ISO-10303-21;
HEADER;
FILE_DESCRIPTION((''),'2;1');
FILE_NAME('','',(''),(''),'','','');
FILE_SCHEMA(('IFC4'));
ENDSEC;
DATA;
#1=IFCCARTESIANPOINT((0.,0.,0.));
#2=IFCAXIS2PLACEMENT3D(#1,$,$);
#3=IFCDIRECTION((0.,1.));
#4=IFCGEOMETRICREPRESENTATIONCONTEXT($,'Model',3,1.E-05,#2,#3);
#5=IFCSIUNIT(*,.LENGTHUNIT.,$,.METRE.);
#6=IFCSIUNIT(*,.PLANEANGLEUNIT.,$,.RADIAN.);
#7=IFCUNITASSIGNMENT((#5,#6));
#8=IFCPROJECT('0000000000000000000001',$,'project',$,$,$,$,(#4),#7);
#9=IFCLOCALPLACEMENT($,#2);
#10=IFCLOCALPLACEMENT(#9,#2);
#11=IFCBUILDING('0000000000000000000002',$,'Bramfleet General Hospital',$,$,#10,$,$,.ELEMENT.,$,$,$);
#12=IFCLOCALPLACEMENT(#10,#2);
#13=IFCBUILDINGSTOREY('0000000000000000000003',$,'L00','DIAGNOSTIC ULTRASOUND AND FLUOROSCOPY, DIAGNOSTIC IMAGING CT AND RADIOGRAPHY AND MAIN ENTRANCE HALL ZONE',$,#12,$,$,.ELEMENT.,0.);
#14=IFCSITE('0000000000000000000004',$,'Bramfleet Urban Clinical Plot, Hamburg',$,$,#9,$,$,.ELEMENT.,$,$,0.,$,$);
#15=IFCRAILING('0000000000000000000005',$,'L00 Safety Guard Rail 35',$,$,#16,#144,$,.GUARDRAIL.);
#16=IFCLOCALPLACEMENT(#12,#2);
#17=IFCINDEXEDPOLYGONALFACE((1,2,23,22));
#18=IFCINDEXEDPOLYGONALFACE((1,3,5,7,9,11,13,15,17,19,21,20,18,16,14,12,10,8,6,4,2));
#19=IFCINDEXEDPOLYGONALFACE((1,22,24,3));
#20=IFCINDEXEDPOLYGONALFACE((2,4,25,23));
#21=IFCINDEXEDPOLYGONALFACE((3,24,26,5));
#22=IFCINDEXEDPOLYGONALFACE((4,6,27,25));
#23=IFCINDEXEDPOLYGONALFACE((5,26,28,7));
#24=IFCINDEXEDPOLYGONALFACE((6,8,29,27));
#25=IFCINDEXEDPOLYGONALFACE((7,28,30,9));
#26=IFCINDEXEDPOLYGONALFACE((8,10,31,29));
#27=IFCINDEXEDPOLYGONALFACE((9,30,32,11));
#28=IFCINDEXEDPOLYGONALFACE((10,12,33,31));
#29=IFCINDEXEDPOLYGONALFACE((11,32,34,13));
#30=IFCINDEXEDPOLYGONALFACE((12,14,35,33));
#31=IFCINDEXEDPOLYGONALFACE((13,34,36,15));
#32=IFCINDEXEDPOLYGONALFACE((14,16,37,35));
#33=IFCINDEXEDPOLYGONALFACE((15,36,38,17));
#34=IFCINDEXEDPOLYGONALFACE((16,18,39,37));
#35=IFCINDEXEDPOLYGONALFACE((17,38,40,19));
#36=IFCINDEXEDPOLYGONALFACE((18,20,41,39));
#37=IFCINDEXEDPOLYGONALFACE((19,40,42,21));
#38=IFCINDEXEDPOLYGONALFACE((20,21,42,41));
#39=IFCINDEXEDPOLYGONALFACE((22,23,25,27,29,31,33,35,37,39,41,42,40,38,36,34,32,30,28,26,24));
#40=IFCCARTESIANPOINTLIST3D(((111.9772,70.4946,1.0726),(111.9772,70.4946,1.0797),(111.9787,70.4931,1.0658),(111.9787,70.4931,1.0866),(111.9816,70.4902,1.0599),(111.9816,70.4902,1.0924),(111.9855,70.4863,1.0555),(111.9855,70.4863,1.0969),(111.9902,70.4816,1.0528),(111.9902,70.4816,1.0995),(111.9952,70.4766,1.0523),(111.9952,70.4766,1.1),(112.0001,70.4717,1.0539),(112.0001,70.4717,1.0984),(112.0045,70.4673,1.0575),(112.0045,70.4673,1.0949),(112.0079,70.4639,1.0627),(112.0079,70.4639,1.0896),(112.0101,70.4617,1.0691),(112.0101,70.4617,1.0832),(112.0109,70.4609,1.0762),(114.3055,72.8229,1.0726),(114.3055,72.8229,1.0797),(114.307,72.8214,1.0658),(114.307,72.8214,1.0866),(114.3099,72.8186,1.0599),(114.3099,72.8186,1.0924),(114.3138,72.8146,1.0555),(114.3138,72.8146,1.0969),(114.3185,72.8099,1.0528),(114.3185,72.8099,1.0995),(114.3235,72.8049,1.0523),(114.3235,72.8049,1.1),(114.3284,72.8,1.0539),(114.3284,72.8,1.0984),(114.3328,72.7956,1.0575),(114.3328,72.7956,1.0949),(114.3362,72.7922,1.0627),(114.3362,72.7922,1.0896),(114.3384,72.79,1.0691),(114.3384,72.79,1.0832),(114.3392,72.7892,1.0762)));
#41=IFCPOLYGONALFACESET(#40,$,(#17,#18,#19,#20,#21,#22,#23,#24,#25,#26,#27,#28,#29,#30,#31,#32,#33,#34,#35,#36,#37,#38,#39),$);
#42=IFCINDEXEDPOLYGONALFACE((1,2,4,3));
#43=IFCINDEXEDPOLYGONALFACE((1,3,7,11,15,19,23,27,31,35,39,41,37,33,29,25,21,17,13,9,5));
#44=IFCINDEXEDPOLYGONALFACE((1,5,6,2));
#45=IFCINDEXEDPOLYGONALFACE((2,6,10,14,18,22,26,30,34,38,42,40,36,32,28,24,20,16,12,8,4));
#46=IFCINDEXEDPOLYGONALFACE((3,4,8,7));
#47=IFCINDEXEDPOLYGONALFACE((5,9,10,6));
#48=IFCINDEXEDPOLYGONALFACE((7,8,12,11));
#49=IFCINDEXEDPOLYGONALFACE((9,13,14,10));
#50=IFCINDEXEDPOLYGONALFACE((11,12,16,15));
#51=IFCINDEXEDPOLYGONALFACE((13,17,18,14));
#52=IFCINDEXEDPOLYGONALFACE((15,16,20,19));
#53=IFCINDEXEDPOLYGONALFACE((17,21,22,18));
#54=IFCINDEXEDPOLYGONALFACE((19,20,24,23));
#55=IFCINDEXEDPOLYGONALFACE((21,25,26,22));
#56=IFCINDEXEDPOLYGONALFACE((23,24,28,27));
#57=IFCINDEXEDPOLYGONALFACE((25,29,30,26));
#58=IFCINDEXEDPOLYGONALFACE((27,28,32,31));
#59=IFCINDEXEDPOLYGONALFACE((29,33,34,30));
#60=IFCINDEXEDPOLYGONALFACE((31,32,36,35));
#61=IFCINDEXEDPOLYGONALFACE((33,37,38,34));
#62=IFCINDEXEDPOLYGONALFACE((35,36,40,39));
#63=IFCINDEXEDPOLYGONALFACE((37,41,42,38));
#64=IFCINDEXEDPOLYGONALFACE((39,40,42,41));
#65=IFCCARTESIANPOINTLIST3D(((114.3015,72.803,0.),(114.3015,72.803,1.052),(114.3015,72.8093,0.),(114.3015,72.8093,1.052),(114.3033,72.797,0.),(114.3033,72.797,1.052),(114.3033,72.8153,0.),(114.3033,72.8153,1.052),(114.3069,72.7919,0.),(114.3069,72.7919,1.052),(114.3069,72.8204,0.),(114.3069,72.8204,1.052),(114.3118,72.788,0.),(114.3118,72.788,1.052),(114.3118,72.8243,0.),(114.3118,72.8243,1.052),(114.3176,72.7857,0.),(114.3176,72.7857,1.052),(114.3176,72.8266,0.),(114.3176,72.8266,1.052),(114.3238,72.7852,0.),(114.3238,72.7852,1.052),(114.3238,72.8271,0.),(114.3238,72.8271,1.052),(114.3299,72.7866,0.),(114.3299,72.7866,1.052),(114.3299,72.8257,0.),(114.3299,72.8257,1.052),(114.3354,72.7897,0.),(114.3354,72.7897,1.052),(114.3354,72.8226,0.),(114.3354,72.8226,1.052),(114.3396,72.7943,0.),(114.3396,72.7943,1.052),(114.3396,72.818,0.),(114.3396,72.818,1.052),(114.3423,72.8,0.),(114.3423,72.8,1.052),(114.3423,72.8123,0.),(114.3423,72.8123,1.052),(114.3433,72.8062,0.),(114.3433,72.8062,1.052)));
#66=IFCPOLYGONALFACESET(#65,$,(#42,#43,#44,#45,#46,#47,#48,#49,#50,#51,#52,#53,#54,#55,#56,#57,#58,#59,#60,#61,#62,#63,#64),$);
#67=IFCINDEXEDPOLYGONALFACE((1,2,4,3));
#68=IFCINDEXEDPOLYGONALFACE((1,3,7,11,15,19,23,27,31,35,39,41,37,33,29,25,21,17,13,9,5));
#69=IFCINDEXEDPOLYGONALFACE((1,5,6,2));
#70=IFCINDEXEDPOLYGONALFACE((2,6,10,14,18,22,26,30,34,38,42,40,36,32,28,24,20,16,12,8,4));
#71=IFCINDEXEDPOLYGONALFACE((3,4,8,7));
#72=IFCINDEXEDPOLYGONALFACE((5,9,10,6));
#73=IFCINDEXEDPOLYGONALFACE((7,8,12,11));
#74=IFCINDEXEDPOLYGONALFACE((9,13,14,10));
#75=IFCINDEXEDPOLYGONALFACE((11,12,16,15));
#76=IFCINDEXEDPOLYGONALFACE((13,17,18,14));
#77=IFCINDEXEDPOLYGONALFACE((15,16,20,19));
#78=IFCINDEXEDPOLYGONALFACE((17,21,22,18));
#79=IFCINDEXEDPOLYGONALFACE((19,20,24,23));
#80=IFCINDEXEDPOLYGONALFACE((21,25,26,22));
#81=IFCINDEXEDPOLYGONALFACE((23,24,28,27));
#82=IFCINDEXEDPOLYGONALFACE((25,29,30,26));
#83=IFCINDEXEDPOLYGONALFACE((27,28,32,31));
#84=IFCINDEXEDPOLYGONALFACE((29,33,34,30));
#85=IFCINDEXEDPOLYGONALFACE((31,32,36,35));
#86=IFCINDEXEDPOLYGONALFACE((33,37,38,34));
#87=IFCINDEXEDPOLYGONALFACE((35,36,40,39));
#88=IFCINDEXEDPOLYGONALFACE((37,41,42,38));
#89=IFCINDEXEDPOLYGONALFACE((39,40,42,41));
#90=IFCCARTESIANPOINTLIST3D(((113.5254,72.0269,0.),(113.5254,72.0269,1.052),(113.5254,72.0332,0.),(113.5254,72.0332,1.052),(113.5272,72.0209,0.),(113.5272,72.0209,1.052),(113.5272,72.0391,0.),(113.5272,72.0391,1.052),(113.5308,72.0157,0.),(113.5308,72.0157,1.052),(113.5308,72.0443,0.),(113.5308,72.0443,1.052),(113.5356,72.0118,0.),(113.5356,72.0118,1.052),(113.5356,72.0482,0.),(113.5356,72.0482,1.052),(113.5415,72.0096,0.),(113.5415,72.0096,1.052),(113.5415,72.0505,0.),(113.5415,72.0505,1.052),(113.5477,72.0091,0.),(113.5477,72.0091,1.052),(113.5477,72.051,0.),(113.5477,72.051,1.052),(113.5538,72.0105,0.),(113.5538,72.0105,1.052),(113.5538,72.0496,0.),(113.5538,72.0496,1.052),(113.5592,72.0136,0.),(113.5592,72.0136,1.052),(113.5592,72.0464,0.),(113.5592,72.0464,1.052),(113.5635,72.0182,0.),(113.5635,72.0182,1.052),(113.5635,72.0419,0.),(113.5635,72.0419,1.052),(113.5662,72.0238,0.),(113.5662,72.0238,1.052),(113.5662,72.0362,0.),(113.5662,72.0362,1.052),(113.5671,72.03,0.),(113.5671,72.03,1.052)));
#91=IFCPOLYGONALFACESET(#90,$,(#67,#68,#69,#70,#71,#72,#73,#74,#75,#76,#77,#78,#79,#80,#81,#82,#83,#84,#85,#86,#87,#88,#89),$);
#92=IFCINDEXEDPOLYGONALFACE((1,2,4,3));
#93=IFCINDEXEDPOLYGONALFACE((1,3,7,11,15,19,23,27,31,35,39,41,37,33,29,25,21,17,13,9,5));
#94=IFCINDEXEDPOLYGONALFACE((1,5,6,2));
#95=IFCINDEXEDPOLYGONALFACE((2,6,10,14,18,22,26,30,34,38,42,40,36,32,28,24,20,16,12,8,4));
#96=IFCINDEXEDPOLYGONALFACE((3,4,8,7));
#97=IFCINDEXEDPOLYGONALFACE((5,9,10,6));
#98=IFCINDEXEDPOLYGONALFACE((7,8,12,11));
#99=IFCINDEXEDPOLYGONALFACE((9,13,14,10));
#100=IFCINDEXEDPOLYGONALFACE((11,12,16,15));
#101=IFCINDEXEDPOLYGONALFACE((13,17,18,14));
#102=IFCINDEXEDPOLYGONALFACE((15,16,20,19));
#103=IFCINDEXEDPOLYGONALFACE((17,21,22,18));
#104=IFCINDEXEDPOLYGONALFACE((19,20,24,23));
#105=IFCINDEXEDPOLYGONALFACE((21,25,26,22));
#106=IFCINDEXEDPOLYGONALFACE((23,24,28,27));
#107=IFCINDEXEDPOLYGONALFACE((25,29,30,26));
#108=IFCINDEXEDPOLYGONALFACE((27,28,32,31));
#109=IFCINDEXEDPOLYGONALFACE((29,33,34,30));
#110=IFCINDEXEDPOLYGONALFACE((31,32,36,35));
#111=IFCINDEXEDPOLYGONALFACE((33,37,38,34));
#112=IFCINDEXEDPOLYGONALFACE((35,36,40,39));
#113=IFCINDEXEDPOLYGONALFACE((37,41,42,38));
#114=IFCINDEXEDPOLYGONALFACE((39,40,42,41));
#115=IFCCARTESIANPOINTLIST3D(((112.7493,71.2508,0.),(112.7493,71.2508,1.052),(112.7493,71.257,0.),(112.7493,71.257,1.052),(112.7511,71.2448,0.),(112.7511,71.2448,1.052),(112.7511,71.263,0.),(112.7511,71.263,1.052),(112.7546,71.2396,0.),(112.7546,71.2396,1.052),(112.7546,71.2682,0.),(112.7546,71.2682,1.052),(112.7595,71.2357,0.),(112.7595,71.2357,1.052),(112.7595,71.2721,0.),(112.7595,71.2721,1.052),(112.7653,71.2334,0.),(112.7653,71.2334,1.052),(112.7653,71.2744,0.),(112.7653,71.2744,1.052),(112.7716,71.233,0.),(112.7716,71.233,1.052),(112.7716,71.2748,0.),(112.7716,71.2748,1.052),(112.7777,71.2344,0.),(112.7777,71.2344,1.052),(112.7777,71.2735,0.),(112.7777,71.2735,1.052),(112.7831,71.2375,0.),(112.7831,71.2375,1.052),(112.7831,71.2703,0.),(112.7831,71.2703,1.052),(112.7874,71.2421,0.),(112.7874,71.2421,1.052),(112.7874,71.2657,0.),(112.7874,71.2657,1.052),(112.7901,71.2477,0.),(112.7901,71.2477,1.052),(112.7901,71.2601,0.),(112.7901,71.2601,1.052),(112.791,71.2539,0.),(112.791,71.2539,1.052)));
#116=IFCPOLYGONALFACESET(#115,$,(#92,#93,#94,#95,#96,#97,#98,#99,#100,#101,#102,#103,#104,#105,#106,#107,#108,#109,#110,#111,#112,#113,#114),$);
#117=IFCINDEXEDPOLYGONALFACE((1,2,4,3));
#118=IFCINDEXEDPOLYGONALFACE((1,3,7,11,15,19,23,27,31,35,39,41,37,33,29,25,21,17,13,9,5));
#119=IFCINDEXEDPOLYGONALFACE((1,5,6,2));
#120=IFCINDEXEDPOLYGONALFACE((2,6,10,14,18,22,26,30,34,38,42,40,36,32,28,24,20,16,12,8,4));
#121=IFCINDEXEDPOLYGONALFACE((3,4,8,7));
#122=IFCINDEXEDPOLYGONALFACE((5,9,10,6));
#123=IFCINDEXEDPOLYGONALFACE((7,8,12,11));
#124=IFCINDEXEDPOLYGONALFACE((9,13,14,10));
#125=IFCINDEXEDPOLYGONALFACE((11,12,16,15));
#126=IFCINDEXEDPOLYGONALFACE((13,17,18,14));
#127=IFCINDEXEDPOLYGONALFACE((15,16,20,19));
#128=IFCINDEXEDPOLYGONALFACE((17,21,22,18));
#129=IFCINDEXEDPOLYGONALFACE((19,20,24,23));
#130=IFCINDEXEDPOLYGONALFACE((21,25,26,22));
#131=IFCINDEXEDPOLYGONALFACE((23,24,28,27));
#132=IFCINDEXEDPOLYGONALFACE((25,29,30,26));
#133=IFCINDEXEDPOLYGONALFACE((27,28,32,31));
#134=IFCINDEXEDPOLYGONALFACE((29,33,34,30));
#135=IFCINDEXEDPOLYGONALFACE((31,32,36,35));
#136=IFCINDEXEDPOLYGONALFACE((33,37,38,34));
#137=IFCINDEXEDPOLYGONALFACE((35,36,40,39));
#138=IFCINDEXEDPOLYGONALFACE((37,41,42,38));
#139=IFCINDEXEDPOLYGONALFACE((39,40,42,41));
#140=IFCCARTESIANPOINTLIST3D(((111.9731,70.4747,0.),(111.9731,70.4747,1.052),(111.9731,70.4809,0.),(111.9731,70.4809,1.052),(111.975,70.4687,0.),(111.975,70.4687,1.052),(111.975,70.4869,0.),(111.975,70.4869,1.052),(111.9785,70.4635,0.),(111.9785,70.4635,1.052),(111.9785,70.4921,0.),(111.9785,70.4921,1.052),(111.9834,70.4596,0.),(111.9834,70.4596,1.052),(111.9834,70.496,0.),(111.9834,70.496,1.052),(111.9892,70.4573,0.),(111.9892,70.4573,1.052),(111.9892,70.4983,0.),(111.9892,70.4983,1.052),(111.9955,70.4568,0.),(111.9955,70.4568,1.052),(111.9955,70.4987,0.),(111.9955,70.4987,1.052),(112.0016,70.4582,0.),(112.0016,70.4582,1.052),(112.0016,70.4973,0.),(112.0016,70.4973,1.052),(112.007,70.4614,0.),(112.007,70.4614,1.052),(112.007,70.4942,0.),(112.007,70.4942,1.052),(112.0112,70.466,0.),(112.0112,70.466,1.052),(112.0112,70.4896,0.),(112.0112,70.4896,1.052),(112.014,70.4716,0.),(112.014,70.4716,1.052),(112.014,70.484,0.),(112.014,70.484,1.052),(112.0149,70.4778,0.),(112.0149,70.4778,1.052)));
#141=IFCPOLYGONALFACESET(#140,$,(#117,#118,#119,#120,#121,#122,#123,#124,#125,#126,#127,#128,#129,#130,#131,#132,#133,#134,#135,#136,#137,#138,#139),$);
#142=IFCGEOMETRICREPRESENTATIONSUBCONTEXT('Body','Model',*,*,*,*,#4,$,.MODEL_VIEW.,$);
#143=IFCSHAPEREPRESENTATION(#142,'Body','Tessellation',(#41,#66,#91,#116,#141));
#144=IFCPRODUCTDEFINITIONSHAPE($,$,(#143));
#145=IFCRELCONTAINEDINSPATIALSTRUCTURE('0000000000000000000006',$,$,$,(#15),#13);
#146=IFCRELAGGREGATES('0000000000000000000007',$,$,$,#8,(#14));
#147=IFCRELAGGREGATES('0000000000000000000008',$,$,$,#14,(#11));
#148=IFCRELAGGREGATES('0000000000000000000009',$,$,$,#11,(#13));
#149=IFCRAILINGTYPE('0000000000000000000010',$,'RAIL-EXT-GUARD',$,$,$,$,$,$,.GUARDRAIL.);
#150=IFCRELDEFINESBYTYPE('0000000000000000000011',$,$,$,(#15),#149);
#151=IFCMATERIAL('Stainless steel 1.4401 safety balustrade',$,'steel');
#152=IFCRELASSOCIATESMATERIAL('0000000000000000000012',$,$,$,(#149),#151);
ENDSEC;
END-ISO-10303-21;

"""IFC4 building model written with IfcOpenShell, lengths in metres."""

from ifc_helpers import new_model, si_unit, direction, frame, origin, origin_2d, place, context, subcontext, project, spatial, circle, extrude, material, type_object, element, save


model = new_model("IFC4")

# Units and contexts
model_context = context("Model", 3, precision=1e-05, world=origin(), true_north=direction((0.0, 1.0)))
body_context = subcontext(model_context, "Body", "Model", "MODEL_VIEW")
ifc_project = project(units=[si_unit("LENGTHUNIT", "METRE"), si_unit("PLANEANGLEUNIT", "RADIAN")], contexts=[model_context])

# Site, building, storey
site_placement = place(None, origin())
site = spatial("IfcSite", under=ifc_project, at=site_placement, Name="Bramfleet Urban Clinical Plot, Hamburg", CompositionType="ELEMENT", RefElevation=0.0)
building_placement = place(site_placement, origin())
building = spatial("IfcBuilding", under=site, at=building_placement, Name="Bramfleet General Hospital", CompositionType="ELEMENT")
storey_placement = place(building_placement, origin())
storey = spatial("IfcBuildingStorey", under=building, at=storey_placement, Name="L00", Description="DIAGNOSTIC ULTRASOUND AND FLUOROSCOPY, DIAGNOSTIC IMAGING CT AND RADIOGRAPHY AND MAIN ENTRANCE HALL ZONE", CompositionType="ELEMENT", Elevation=0.0)

# Railing
ifc_material_1 = material(Name="Stainless steel 1.4401 safety balustrade", Category="steel")
railing_type = type_object("IfcRailingType", Name="RAIL-EXT-GUARD", PredefinedType="GUARDRAIL", material=ifc_material_1)
railing_1_placement = place(storey_placement, frame((114.3223, 72.8062, 0.0)))
element("IfcRailing", 1, at=railing_1_placement, inside=storey, type_object=railing_type, Name="L00 Safety Guard Rail 35", PredefinedType="GUARDRAIL", context=body_context, shape_type="SweptSolid", body=[
    extrude(circle(Radius=0.0239, at=origin_2d()), frame((0.0, 0.0, 1.0762), z_axis=(-0.707107, -0.707107, 0.0), x_axis=(0.707107, -0.707107, 0.0)), (0.0, 0.0, 1.0), 3.2927),
    extrude(circle(Radius=0.021, at=origin_2d()), origin(), (0.0, 0.0, 1.0), 1.052),
    extrude(circle(Radius=0.021, at=origin_2d()), frame((-0.7761, -0.7761, 0.0)), (0.0, 0.0, 1.0), 1.052),
    extrude(circle(Radius=0.021, at=origin_2d()), frame((-1.5522, -1.5522, 0.0)), (0.0, 0.0, 1.0), 1.052),
    extrude(circle(Radius=0.021, at=origin_2d()), frame((-2.3284, -2.3284, 0.0)), (0.0, 0.0, 1.0), 1.052),
])

save(model, "model.ifc")
